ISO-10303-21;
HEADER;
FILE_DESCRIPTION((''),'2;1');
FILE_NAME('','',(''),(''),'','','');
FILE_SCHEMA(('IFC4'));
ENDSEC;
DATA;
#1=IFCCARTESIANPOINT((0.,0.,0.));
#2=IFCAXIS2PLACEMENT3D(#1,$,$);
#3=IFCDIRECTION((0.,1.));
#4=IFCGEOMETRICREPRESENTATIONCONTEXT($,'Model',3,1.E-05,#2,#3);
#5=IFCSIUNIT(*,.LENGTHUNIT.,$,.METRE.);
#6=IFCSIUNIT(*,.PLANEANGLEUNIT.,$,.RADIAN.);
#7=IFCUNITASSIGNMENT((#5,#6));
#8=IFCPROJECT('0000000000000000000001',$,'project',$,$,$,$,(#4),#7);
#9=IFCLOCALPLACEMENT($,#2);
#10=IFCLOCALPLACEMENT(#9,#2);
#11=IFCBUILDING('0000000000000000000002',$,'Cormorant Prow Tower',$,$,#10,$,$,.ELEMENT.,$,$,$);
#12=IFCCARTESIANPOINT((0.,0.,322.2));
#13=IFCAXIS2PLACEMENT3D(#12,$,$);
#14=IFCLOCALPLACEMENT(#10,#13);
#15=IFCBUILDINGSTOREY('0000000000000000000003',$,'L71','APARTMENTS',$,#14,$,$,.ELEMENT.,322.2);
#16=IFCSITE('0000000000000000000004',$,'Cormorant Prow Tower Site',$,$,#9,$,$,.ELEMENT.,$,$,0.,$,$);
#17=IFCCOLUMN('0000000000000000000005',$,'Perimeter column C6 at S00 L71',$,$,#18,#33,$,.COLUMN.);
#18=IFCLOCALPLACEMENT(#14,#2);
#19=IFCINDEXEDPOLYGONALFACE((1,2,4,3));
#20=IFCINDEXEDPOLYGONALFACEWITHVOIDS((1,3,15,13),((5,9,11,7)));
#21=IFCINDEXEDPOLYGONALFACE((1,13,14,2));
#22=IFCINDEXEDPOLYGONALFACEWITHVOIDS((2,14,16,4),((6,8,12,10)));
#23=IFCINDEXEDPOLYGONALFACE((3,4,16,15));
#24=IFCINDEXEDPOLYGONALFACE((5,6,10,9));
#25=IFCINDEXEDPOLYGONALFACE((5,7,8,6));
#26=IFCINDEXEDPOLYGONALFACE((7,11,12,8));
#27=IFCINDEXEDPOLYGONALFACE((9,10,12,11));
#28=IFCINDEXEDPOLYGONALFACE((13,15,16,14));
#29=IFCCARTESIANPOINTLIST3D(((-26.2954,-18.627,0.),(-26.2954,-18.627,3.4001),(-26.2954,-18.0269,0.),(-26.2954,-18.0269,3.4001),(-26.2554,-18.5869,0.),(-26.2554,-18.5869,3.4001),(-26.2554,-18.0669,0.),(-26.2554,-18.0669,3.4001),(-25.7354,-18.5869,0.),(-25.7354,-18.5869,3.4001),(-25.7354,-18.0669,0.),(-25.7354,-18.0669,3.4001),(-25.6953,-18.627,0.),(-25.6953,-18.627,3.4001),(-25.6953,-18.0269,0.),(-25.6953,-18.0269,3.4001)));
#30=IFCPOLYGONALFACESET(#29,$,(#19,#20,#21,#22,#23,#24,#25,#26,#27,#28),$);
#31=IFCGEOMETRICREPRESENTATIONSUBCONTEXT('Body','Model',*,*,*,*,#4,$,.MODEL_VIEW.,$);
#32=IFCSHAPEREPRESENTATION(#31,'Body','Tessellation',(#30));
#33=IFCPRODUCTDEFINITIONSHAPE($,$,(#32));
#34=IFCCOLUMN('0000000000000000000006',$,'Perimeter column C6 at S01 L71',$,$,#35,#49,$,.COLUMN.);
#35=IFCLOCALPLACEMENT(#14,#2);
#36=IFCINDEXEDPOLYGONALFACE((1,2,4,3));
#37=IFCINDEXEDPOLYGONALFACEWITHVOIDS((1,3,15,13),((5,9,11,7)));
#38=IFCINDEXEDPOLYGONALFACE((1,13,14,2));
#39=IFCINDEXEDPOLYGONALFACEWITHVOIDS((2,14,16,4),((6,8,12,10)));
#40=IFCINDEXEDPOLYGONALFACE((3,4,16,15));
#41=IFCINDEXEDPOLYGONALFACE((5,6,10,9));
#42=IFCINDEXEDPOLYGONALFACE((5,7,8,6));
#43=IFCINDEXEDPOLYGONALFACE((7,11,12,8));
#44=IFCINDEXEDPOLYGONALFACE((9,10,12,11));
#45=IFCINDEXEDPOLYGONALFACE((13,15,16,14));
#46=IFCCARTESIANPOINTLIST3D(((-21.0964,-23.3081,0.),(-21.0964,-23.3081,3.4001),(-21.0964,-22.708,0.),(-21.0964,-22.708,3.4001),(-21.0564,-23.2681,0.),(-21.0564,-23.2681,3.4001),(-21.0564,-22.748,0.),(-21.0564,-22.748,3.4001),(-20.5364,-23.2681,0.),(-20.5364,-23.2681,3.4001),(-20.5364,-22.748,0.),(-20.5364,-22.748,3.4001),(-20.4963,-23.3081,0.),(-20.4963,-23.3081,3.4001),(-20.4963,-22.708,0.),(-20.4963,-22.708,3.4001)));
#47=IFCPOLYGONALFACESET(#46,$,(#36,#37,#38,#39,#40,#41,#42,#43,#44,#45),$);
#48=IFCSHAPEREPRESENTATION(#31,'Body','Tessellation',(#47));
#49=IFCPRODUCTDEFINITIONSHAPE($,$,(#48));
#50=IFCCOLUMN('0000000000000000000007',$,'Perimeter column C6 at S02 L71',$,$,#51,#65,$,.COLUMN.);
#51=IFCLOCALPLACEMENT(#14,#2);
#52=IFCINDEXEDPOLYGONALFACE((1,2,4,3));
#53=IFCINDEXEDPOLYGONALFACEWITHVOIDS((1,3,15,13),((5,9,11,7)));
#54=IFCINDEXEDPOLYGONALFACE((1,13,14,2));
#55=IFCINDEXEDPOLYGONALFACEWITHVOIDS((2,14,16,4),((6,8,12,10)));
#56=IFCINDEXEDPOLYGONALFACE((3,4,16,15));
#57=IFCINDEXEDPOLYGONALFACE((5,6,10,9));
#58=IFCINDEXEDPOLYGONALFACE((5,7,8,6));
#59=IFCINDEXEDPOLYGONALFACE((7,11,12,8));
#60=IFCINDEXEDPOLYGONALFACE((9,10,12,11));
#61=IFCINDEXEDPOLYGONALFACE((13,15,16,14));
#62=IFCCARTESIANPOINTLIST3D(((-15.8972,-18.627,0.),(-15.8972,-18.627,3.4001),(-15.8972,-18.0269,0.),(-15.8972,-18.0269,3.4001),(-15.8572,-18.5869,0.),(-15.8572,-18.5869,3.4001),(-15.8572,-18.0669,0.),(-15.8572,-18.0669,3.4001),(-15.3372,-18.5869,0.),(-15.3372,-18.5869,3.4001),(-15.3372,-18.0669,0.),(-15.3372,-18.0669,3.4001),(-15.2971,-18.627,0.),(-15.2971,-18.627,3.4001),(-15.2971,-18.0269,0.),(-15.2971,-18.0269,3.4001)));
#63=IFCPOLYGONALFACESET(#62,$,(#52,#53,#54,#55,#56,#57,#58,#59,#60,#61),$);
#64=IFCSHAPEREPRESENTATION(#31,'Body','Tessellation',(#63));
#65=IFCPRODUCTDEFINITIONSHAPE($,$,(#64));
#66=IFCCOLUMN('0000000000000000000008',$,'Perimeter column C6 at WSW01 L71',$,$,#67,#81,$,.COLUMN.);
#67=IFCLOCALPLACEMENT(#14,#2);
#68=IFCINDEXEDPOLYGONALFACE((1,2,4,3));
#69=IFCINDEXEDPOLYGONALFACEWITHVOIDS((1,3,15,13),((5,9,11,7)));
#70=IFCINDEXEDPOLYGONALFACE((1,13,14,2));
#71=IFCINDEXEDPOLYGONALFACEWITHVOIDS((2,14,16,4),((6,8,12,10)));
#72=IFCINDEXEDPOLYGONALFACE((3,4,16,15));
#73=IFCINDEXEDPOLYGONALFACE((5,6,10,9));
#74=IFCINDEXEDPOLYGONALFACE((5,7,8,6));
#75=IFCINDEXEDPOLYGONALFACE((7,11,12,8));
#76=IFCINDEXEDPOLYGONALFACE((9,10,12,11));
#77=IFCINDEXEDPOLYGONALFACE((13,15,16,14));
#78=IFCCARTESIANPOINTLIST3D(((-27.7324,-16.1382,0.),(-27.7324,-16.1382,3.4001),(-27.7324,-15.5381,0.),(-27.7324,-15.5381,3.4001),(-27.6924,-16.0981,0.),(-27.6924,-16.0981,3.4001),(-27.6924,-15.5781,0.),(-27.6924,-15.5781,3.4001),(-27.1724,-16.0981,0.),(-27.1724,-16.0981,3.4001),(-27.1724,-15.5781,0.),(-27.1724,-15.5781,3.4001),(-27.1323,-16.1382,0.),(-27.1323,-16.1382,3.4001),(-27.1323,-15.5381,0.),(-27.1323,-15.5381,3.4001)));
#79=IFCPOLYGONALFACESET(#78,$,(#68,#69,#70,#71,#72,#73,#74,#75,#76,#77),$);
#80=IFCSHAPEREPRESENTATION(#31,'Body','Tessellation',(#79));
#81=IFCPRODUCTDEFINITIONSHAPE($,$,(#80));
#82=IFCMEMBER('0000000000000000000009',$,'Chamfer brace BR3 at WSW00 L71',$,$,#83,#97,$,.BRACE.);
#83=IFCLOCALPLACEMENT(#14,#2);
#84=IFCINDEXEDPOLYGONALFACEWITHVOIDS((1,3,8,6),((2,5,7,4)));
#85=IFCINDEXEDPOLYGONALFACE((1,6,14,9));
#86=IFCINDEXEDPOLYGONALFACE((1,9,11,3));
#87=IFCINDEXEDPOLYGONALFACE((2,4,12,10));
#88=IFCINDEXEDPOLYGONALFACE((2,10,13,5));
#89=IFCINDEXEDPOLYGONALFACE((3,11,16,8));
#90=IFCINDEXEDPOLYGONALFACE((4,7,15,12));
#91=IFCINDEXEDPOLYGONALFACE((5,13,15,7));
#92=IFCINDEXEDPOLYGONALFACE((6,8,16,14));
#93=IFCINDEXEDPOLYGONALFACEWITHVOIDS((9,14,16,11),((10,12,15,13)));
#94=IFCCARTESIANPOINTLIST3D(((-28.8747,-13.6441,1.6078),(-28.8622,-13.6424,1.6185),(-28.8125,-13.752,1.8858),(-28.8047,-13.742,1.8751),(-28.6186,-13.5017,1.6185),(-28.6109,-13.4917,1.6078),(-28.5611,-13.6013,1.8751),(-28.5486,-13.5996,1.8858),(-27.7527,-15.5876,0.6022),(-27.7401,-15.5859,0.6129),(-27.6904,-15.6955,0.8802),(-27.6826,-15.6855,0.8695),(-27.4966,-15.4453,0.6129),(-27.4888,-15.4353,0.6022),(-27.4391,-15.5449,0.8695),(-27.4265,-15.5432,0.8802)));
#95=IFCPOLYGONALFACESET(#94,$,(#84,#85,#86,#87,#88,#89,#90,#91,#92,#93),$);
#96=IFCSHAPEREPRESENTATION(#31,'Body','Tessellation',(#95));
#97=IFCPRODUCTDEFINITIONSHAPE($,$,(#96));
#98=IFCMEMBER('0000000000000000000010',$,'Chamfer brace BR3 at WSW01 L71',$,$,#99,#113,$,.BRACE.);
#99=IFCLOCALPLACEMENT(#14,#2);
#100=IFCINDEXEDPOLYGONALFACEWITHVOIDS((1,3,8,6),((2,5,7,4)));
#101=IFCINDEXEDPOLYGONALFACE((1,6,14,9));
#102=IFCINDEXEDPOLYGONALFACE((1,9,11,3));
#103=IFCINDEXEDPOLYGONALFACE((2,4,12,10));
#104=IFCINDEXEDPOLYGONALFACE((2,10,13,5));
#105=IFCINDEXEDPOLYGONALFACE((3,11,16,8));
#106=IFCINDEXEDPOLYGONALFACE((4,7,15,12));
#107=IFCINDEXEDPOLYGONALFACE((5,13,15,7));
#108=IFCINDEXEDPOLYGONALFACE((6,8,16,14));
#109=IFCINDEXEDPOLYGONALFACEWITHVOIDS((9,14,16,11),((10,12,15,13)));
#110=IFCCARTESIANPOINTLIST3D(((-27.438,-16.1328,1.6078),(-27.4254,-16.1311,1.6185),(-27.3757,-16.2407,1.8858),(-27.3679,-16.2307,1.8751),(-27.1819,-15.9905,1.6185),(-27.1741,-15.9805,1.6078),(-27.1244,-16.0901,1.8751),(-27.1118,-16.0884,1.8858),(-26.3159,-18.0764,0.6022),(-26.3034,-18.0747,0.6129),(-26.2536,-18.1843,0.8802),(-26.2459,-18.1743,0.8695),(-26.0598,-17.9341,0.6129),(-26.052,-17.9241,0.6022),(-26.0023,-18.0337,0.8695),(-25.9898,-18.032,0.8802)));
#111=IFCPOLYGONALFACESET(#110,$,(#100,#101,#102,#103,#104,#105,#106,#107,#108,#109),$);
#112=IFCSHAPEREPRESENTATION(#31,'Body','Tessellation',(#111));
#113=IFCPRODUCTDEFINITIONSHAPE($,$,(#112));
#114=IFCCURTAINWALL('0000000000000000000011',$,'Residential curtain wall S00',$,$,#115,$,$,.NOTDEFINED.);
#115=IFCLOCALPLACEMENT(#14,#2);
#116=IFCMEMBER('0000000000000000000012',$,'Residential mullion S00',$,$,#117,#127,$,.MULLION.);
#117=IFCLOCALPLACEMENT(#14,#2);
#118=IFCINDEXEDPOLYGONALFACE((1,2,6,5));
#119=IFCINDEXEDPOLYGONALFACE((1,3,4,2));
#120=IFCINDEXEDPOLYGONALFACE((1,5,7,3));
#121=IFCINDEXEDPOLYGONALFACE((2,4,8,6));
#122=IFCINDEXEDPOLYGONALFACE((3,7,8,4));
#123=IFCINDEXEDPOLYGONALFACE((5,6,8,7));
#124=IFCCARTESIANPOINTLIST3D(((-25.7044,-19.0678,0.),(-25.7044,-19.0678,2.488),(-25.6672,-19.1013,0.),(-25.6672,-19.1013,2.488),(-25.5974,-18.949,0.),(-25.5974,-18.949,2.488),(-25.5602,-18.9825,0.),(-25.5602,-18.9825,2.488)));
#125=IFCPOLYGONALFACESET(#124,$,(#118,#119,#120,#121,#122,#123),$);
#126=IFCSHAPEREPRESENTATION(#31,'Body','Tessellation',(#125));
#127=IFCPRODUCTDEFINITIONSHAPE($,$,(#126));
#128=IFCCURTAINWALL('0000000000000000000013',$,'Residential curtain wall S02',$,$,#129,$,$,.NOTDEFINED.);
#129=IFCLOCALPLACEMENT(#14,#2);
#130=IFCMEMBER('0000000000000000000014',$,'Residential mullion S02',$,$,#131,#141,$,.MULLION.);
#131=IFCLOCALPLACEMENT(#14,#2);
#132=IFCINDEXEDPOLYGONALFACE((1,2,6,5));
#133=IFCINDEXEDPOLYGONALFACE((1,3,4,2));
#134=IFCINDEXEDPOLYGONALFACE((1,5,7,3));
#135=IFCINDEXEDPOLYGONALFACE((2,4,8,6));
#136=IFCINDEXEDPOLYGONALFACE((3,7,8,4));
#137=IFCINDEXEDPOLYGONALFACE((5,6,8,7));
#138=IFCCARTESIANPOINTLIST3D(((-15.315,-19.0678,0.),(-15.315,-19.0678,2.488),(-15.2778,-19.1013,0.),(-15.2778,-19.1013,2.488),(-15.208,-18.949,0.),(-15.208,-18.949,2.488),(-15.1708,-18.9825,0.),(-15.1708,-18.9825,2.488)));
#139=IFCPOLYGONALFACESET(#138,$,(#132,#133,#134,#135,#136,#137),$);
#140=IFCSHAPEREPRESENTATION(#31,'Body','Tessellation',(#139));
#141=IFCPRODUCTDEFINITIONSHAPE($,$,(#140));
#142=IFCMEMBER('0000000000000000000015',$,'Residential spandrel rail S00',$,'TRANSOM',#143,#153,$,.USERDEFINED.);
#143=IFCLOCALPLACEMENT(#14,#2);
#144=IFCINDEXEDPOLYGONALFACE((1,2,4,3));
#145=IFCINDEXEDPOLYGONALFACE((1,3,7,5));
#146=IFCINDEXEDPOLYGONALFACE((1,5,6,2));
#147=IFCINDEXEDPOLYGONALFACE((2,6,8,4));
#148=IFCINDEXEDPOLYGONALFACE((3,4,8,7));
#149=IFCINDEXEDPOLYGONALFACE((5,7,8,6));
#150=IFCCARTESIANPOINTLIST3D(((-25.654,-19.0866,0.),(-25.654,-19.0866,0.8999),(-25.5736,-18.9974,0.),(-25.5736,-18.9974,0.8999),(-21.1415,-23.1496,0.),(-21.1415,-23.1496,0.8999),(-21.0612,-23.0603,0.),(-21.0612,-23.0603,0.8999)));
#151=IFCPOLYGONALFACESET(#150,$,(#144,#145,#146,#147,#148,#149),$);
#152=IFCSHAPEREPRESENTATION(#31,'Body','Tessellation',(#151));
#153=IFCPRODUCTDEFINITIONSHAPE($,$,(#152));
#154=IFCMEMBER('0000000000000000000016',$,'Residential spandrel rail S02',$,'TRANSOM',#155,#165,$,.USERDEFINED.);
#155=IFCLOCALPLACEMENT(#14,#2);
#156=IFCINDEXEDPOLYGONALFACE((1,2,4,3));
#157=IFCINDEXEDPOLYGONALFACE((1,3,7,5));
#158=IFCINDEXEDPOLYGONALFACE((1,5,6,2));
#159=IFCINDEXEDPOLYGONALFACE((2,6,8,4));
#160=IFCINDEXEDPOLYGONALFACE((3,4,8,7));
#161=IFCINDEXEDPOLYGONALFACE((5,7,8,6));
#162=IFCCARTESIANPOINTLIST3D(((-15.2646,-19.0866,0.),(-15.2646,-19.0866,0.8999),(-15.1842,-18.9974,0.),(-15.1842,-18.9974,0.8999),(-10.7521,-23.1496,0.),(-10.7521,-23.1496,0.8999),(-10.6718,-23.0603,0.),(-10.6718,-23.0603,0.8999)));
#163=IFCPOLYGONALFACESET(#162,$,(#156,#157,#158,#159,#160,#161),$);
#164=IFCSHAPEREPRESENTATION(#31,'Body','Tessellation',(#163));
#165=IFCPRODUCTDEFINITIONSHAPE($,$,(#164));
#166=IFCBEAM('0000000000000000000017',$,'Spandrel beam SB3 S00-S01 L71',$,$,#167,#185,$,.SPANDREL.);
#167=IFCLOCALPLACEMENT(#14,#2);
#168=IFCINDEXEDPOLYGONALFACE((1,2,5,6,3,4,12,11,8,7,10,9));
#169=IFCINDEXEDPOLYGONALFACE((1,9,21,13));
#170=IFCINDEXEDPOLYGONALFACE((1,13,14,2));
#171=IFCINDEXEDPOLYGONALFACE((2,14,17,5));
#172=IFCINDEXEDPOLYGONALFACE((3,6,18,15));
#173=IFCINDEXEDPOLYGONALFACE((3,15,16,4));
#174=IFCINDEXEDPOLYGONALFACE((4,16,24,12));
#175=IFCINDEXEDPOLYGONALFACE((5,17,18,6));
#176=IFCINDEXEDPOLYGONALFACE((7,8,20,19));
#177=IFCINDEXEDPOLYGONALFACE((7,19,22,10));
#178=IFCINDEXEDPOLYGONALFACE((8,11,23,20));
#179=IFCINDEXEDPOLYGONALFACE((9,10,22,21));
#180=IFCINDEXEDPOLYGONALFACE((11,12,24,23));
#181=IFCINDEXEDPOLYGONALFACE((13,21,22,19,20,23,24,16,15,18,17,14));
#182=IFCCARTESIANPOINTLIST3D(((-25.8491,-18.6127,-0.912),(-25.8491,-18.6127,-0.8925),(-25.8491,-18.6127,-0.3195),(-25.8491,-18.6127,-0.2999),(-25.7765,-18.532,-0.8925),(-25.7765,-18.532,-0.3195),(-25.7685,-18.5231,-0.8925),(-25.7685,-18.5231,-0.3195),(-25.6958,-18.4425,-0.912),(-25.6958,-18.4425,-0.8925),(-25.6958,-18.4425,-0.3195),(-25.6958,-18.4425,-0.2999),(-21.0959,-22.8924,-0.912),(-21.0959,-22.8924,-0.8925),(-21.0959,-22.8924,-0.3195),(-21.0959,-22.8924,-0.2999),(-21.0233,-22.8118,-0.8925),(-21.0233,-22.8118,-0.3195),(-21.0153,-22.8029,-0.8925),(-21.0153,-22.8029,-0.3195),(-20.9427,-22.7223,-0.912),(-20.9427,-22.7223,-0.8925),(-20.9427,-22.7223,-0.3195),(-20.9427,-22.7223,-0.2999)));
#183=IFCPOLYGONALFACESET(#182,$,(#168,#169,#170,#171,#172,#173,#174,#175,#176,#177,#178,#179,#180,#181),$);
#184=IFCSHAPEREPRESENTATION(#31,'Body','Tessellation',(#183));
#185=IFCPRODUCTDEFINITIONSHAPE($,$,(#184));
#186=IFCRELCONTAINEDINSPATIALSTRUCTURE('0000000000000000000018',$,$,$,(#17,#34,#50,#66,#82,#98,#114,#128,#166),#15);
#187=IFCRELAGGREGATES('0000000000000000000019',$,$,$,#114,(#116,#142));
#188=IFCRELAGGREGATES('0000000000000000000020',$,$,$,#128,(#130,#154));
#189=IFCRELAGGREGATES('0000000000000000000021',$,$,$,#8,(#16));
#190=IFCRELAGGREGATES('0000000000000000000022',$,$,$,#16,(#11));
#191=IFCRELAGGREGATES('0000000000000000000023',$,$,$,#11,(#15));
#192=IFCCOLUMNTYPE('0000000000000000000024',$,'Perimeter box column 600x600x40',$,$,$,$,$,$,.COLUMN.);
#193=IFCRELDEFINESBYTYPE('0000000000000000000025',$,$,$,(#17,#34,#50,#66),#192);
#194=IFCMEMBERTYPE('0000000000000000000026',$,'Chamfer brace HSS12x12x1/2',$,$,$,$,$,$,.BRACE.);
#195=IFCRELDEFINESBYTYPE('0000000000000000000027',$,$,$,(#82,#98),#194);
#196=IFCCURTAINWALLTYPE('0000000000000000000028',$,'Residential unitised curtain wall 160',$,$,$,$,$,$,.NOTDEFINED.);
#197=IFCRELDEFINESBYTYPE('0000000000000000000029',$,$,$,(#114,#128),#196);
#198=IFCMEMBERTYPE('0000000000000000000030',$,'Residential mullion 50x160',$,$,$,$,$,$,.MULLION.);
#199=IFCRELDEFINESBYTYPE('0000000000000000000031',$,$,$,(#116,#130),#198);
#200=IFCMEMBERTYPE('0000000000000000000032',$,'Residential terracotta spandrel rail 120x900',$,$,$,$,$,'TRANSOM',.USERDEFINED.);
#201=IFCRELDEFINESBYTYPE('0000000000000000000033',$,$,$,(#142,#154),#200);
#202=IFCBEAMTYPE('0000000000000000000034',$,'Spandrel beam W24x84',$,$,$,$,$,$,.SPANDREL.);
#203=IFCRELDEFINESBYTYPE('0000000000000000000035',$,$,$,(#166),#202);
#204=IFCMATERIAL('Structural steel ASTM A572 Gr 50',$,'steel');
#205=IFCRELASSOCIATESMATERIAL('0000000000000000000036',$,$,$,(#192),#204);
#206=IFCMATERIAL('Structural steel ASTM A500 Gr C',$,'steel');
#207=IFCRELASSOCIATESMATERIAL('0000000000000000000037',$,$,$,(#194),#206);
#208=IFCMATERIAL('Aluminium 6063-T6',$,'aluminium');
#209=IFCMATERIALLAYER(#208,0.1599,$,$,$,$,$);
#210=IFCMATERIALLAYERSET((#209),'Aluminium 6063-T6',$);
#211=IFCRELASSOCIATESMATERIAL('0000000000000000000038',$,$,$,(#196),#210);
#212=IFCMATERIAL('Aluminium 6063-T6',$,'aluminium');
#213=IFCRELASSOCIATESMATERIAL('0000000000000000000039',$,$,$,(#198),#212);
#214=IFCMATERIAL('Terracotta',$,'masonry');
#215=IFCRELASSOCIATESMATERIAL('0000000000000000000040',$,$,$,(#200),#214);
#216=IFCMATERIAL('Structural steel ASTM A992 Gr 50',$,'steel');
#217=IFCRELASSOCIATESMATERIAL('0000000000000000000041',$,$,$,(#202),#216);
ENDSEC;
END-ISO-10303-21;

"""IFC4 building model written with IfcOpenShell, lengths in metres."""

from ifc_helpers import new_model, si_unit, direction, frame, origin, origin_2d, place, context, subcontext, project, spatial, rectangle, hollow_rectangle, i_section, extrude, material, layer, layer_set, material_profile, profile_set, type_object, element, aggregate, save


model = new_model("IFC4")

# Units and contexts
model_context = context("Model", 3, precision=1e-05, world=origin(), true_north=direction((0.0, 1.0)))
body_context = subcontext(model_context, "Body", "Model", "MODEL_VIEW")
ifc_project = project(units=[si_unit("LENGTHUNIT", "METRE"), si_unit("PLANEANGLEUNIT", "RADIAN")], contexts=[model_context])

# Site, building, storey
site_placement = place(None, origin())
site = spatial("IfcSite", under=ifc_project, at=site_placement, Name="Cormorant Prow Tower Site", CompositionType="ELEMENT", RefElevation=0.0)
building_placement = place(site_placement, origin())
building = spatial("IfcBuilding", under=site, at=building_placement, Name="Cormorant Prow Tower", CompositionType="ELEMENT")
storey_placement = place(building_placement, frame((0.0, 0.0, 322.2)))
storey = spatial("IfcBuildingStorey", under=building, at=storey_placement, Name="L71", Description="APARTMENTS", CompositionType="ELEMENT", Elevation=322.2)

# Columns
ifc_material_1 = material(Name="Structural steel ASTM A572 Gr 50", Category="steel")
ifc_material_profile_1 = material_profile(ifc_material_1, hollow_rectangle(XDim=0.6001, YDim=0.6001, WallThickness=0.04, at=origin_2d()), Name="Box 600x600x40")
ifc_profile_set_1 = profile_set([ifc_material_profile_1], Name="Structural steel ASTM A572 Gr 50")
column_type = type_object("IfcColumnType", Name="Perimeter box column 600x600x40", PredefinedType="COLUMN", material=ifc_profile_set_1)
for number, where, z_axis, x_axis, name in (
    (1, (-25.9954, -18.3269, 0.0), (0.0, 0.0, 1.0), (1.0, 0.0, 0.0), "Perimeter column C6 at S00 L71"),
    (2, (-20.7964, -23.0081, 0.0), (0.0, 0.0, 1.0), (1.0, 0.0, 0.0), "Perimeter column C6 at S01 L71"),
    (3, (-15.5972, -18.3269, 0.0), (0.0, 0.0, 1.0), (1.0, 0.0, 0.0), "Perimeter column C6 at S02 L71"),
    (4, (-27.4324, -15.8381, 0.0), (0.0, 0.0, 1.0), (1.0, 0.0, 0.0), "Perimeter column C6 at WSW01 L71"),
):
    element("IfcColumn", number, at=place(storey_placement, frame(where, z_axis=z_axis, x_axis=x_axis)), inside=storey, type_object=column_type, Name=name, PredefinedType="COLUMN", context=body_context, shape_type="SweptSolid", body=[
        extrude(hollow_rectangle(XDim=0.6001, YDim=0.6001, WallThickness=0.04, at=origin_2d()), origin(), (0.0, 0.0, 1.0), 3.4001),
    ])

# Members
ifc_material_2 = material(Name="Structural steel ASTM A500 Gr C", Category="steel")
ifc_material_profile_2 = material_profile(ifc_material_2, hollow_rectangle(XDim=0.3047, YDim=0.3047, WallThickness=0.0117, at=origin_2d()), Name="HSS12x12x1/2")
ifc_profile_set_2 = profile_set([ifc_material_profile_2], Name="Structural steel ASTM A500 Gr C")
member_type_1 = type_object("IfcMemberType", Name="Chamfer brace HSS12x12x1/2", PredefinedType="BRACE", material=ifc_profile_set_2)
for number, where, z_axis, x_axis, name in (
    (5, (-27.5896, -15.5654, 0.7412), (-0.456266, 0.790324, 0.408912), (-0.866039, -0.499977, 0.0), "Chamfer brace BR3 at WSW00 L71"),
    (6, (-26.1528, -18.0542, 0.7412), (-0.456266, 0.790324, 0.408912), (-0.866039, -0.499977, 0.0), "Chamfer brace BR3 at WSW01 L71"),
):
    element("IfcMember", number, at=place(storey_placement, frame(where, z_axis=z_axis, x_axis=x_axis)), inside=storey, type_object=member_type_1, Name=name, PredefinedType="BRACE", context=body_context, shape_type="SweptSolid", body=[
        extrude(hollow_rectangle(XDim=0.3047, YDim=0.3047, WallThickness=0.0117, at=origin_2d()), origin(), (0.0, 0.0, 1.0), 2.4592),
    ])

# Curtain walls, members
ifc_material_3 = material(Name="Aluminium 6063-T6", Category="aluminium")
ifc_layer_1 = layer(ifc_material_3, 0.1599)
ifc_layer_set_1 = layer_set([ifc_layer_1], Name="Aluminium 6063-T6")
curtain_wall_type = type_object("IfcCurtainWallType", Name="Residential unitised curtain wall 160", PredefinedType="NOTDEFINED", material=ifc_layer_set_1)
curtain_wall_1_placement = place(storey_placement, origin())
curtain_wall_1 = element("IfcCurtainWall", 7, at=curtain_wall_1_placement, inside=storey, type_object=curtain_wall_type, Name="Residential curtain wall S00", PredefinedType="NOTDEFINED")
ifc_material_4 = material(Name="Aluminium 6063-T6", Category="aluminium")
ifc_material_profile_3 = material_profile(ifc_material_4, rectangle(XDim=0.1599, YDim=0.05, at=origin_2d()), Name="Residential mullion 50x160")
ifc_profile_set_3 = profile_set([ifc_material_profile_3], Name="Aluminium 6063-T6")
member_type_2 = type_object("IfcMemberType", Name="Residential mullion 50x160", PredefinedType="MULLION", material=ifc_profile_set_3)
member_1_placement = place(storey_placement, frame((-25.6323, -19.0251, 0.0), z_axis=(0.0, 0.0, 1.0), x_axis=(0.669131, 0.743145, 0.0)))
member_1 = element("IfcMember", 8, at=member_1_placement, type_object=member_type_2, Name="Residential mullion S00", PredefinedType="MULLION", context=body_context, shape_type="SweptSolid", body=[
    extrude(rectangle(XDim=0.1599, YDim=0.05, at=origin_2d()), origin(), (0.0, 0.0, 1.0), 2.488),
])
curtain_wall_2_placement = place(storey_placement, origin())
curtain_wall_2 = element("IfcCurtainWall", 9, at=curtain_wall_2_placement, inside=storey, type_object=curtain_wall_type, Name="Residential curtain wall S02", PredefinedType="NOTDEFINED")
member_2_placement = place(storey_placement, frame((-15.2429, -19.0251, 0.0), z_axis=(0.0, 0.0, 1.0), x_axis=(0.669131, 0.743145, 0.0)))
member_2 = element("IfcMember", 10, at=member_2_placement, type_object=member_type_2, Name="Residential mullion S02", PredefinedType="MULLION", context=body_context, shape_type="SweptSolid", body=[
    extrude(rectangle(XDim=0.1599, YDim=0.05, at=origin_2d()), origin(), (0.0, 0.0, 1.0), 2.488),
])

# Members
ifc_material_5 = material(Name="Terracotta", Category="masonry")
ifc_material_profile_4 = material_profile(ifc_material_5, rectangle(XDim=0.1201, YDim=0.8999, at=origin_2d()), Name="Residential terracotta spandrel rail 120x900")
ifc_profile_set_4 = profile_set([ifc_material_profile_4], Name="Terracotta")
member_type_3 = type_object("IfcMemberType", Name="Residential terracotta spandrel rail 120x900", ElementType="TRANSOM", PredefinedType="USERDEFINED", material=ifc_profile_set_4)
member_3_placement = place(storey_placement, frame((-25.6138, -19.042, 0.45), z_axis=(0.743148, -0.669127, 0.0), x_axis=(0.669127, 0.743148, 0.0)))
member_3 = element("IfcMember", 11, at=member_3_placement, type_object=member_type_3, Name="Residential spandrel rail S00", ObjectType="TRANSOM", PredefinedType="USERDEFINED", context=body_context, shape_type="SweptSolid", body=[
    extrude(rectangle(XDim=0.1201, YDim=0.8999, at=origin_2d()), origin(), (0.0, 0.0, 1.0), 6.072),
])
member_4_placement = place(storey_placement, frame((-15.2244, -19.042, 0.45), z_axis=(0.743148, -0.669127, 0.0), x_axis=(0.669127, 0.743148, 0.0)))
member_4 = element("IfcMember", 12, at=member_4_placement, type_object=member_type_3, Name="Residential spandrel rail S02", ObjectType="TRANSOM", PredefinedType="USERDEFINED", context=body_context, shape_type="SweptSolid", body=[
    extrude(rectangle(XDim=0.1201, YDim=0.8999, at=origin_2d()), origin(), (0.0, 0.0, 1.0), 6.072),
])

# Beam
ifc_material_6 = material(Name="Structural steel ASTM A992 Gr 50", Category="steel")
ifc_material_profile_5 = material_profile(ifc_material_6, i_section(OverallWidth=0.229, OverallDepth=0.6121, WebThickness=0.012, FlangeThickness=0.0195, at=origin_2d()), Name="W24x84")
ifc_profile_set_5 = profile_set([ifc_material_profile_5], Name="Structural steel ASTM A992 Gr 50")
beam_type = type_object("IfcBeamType", Name="Spandrel beam W24x84", PredefinedType="SPANDREL", material=ifc_profile_set_5)
beam_1_placement = place(storey_placement, frame((-25.7725, -18.5276, -0.606), z_axis=(0.743144, -0.669131, 0.0), x_axis=(0.669131, 0.743144, 0.0)))
element("IfcBeam", 13, at=beam_1_placement, inside=storey, type_object=beam_type, Name="Spandrel beam SB3 S00-S01 L71", PredefinedType="SPANDREL", context=body_context, shape_type="SweptSolid", body=[
    extrude(i_section(OverallWidth=0.229, OverallDepth=0.6121, WebThickness=0.012, FlangeThickness=0.0195, at=origin_2d()), origin(), (0.0, 0.0, 1.0), 6.396),
])

aggregate(curtain_wall_1, [member_1, member_3])
aggregate(curtain_wall_2, [member_2, member_4])

save(model, "model.ifc")
